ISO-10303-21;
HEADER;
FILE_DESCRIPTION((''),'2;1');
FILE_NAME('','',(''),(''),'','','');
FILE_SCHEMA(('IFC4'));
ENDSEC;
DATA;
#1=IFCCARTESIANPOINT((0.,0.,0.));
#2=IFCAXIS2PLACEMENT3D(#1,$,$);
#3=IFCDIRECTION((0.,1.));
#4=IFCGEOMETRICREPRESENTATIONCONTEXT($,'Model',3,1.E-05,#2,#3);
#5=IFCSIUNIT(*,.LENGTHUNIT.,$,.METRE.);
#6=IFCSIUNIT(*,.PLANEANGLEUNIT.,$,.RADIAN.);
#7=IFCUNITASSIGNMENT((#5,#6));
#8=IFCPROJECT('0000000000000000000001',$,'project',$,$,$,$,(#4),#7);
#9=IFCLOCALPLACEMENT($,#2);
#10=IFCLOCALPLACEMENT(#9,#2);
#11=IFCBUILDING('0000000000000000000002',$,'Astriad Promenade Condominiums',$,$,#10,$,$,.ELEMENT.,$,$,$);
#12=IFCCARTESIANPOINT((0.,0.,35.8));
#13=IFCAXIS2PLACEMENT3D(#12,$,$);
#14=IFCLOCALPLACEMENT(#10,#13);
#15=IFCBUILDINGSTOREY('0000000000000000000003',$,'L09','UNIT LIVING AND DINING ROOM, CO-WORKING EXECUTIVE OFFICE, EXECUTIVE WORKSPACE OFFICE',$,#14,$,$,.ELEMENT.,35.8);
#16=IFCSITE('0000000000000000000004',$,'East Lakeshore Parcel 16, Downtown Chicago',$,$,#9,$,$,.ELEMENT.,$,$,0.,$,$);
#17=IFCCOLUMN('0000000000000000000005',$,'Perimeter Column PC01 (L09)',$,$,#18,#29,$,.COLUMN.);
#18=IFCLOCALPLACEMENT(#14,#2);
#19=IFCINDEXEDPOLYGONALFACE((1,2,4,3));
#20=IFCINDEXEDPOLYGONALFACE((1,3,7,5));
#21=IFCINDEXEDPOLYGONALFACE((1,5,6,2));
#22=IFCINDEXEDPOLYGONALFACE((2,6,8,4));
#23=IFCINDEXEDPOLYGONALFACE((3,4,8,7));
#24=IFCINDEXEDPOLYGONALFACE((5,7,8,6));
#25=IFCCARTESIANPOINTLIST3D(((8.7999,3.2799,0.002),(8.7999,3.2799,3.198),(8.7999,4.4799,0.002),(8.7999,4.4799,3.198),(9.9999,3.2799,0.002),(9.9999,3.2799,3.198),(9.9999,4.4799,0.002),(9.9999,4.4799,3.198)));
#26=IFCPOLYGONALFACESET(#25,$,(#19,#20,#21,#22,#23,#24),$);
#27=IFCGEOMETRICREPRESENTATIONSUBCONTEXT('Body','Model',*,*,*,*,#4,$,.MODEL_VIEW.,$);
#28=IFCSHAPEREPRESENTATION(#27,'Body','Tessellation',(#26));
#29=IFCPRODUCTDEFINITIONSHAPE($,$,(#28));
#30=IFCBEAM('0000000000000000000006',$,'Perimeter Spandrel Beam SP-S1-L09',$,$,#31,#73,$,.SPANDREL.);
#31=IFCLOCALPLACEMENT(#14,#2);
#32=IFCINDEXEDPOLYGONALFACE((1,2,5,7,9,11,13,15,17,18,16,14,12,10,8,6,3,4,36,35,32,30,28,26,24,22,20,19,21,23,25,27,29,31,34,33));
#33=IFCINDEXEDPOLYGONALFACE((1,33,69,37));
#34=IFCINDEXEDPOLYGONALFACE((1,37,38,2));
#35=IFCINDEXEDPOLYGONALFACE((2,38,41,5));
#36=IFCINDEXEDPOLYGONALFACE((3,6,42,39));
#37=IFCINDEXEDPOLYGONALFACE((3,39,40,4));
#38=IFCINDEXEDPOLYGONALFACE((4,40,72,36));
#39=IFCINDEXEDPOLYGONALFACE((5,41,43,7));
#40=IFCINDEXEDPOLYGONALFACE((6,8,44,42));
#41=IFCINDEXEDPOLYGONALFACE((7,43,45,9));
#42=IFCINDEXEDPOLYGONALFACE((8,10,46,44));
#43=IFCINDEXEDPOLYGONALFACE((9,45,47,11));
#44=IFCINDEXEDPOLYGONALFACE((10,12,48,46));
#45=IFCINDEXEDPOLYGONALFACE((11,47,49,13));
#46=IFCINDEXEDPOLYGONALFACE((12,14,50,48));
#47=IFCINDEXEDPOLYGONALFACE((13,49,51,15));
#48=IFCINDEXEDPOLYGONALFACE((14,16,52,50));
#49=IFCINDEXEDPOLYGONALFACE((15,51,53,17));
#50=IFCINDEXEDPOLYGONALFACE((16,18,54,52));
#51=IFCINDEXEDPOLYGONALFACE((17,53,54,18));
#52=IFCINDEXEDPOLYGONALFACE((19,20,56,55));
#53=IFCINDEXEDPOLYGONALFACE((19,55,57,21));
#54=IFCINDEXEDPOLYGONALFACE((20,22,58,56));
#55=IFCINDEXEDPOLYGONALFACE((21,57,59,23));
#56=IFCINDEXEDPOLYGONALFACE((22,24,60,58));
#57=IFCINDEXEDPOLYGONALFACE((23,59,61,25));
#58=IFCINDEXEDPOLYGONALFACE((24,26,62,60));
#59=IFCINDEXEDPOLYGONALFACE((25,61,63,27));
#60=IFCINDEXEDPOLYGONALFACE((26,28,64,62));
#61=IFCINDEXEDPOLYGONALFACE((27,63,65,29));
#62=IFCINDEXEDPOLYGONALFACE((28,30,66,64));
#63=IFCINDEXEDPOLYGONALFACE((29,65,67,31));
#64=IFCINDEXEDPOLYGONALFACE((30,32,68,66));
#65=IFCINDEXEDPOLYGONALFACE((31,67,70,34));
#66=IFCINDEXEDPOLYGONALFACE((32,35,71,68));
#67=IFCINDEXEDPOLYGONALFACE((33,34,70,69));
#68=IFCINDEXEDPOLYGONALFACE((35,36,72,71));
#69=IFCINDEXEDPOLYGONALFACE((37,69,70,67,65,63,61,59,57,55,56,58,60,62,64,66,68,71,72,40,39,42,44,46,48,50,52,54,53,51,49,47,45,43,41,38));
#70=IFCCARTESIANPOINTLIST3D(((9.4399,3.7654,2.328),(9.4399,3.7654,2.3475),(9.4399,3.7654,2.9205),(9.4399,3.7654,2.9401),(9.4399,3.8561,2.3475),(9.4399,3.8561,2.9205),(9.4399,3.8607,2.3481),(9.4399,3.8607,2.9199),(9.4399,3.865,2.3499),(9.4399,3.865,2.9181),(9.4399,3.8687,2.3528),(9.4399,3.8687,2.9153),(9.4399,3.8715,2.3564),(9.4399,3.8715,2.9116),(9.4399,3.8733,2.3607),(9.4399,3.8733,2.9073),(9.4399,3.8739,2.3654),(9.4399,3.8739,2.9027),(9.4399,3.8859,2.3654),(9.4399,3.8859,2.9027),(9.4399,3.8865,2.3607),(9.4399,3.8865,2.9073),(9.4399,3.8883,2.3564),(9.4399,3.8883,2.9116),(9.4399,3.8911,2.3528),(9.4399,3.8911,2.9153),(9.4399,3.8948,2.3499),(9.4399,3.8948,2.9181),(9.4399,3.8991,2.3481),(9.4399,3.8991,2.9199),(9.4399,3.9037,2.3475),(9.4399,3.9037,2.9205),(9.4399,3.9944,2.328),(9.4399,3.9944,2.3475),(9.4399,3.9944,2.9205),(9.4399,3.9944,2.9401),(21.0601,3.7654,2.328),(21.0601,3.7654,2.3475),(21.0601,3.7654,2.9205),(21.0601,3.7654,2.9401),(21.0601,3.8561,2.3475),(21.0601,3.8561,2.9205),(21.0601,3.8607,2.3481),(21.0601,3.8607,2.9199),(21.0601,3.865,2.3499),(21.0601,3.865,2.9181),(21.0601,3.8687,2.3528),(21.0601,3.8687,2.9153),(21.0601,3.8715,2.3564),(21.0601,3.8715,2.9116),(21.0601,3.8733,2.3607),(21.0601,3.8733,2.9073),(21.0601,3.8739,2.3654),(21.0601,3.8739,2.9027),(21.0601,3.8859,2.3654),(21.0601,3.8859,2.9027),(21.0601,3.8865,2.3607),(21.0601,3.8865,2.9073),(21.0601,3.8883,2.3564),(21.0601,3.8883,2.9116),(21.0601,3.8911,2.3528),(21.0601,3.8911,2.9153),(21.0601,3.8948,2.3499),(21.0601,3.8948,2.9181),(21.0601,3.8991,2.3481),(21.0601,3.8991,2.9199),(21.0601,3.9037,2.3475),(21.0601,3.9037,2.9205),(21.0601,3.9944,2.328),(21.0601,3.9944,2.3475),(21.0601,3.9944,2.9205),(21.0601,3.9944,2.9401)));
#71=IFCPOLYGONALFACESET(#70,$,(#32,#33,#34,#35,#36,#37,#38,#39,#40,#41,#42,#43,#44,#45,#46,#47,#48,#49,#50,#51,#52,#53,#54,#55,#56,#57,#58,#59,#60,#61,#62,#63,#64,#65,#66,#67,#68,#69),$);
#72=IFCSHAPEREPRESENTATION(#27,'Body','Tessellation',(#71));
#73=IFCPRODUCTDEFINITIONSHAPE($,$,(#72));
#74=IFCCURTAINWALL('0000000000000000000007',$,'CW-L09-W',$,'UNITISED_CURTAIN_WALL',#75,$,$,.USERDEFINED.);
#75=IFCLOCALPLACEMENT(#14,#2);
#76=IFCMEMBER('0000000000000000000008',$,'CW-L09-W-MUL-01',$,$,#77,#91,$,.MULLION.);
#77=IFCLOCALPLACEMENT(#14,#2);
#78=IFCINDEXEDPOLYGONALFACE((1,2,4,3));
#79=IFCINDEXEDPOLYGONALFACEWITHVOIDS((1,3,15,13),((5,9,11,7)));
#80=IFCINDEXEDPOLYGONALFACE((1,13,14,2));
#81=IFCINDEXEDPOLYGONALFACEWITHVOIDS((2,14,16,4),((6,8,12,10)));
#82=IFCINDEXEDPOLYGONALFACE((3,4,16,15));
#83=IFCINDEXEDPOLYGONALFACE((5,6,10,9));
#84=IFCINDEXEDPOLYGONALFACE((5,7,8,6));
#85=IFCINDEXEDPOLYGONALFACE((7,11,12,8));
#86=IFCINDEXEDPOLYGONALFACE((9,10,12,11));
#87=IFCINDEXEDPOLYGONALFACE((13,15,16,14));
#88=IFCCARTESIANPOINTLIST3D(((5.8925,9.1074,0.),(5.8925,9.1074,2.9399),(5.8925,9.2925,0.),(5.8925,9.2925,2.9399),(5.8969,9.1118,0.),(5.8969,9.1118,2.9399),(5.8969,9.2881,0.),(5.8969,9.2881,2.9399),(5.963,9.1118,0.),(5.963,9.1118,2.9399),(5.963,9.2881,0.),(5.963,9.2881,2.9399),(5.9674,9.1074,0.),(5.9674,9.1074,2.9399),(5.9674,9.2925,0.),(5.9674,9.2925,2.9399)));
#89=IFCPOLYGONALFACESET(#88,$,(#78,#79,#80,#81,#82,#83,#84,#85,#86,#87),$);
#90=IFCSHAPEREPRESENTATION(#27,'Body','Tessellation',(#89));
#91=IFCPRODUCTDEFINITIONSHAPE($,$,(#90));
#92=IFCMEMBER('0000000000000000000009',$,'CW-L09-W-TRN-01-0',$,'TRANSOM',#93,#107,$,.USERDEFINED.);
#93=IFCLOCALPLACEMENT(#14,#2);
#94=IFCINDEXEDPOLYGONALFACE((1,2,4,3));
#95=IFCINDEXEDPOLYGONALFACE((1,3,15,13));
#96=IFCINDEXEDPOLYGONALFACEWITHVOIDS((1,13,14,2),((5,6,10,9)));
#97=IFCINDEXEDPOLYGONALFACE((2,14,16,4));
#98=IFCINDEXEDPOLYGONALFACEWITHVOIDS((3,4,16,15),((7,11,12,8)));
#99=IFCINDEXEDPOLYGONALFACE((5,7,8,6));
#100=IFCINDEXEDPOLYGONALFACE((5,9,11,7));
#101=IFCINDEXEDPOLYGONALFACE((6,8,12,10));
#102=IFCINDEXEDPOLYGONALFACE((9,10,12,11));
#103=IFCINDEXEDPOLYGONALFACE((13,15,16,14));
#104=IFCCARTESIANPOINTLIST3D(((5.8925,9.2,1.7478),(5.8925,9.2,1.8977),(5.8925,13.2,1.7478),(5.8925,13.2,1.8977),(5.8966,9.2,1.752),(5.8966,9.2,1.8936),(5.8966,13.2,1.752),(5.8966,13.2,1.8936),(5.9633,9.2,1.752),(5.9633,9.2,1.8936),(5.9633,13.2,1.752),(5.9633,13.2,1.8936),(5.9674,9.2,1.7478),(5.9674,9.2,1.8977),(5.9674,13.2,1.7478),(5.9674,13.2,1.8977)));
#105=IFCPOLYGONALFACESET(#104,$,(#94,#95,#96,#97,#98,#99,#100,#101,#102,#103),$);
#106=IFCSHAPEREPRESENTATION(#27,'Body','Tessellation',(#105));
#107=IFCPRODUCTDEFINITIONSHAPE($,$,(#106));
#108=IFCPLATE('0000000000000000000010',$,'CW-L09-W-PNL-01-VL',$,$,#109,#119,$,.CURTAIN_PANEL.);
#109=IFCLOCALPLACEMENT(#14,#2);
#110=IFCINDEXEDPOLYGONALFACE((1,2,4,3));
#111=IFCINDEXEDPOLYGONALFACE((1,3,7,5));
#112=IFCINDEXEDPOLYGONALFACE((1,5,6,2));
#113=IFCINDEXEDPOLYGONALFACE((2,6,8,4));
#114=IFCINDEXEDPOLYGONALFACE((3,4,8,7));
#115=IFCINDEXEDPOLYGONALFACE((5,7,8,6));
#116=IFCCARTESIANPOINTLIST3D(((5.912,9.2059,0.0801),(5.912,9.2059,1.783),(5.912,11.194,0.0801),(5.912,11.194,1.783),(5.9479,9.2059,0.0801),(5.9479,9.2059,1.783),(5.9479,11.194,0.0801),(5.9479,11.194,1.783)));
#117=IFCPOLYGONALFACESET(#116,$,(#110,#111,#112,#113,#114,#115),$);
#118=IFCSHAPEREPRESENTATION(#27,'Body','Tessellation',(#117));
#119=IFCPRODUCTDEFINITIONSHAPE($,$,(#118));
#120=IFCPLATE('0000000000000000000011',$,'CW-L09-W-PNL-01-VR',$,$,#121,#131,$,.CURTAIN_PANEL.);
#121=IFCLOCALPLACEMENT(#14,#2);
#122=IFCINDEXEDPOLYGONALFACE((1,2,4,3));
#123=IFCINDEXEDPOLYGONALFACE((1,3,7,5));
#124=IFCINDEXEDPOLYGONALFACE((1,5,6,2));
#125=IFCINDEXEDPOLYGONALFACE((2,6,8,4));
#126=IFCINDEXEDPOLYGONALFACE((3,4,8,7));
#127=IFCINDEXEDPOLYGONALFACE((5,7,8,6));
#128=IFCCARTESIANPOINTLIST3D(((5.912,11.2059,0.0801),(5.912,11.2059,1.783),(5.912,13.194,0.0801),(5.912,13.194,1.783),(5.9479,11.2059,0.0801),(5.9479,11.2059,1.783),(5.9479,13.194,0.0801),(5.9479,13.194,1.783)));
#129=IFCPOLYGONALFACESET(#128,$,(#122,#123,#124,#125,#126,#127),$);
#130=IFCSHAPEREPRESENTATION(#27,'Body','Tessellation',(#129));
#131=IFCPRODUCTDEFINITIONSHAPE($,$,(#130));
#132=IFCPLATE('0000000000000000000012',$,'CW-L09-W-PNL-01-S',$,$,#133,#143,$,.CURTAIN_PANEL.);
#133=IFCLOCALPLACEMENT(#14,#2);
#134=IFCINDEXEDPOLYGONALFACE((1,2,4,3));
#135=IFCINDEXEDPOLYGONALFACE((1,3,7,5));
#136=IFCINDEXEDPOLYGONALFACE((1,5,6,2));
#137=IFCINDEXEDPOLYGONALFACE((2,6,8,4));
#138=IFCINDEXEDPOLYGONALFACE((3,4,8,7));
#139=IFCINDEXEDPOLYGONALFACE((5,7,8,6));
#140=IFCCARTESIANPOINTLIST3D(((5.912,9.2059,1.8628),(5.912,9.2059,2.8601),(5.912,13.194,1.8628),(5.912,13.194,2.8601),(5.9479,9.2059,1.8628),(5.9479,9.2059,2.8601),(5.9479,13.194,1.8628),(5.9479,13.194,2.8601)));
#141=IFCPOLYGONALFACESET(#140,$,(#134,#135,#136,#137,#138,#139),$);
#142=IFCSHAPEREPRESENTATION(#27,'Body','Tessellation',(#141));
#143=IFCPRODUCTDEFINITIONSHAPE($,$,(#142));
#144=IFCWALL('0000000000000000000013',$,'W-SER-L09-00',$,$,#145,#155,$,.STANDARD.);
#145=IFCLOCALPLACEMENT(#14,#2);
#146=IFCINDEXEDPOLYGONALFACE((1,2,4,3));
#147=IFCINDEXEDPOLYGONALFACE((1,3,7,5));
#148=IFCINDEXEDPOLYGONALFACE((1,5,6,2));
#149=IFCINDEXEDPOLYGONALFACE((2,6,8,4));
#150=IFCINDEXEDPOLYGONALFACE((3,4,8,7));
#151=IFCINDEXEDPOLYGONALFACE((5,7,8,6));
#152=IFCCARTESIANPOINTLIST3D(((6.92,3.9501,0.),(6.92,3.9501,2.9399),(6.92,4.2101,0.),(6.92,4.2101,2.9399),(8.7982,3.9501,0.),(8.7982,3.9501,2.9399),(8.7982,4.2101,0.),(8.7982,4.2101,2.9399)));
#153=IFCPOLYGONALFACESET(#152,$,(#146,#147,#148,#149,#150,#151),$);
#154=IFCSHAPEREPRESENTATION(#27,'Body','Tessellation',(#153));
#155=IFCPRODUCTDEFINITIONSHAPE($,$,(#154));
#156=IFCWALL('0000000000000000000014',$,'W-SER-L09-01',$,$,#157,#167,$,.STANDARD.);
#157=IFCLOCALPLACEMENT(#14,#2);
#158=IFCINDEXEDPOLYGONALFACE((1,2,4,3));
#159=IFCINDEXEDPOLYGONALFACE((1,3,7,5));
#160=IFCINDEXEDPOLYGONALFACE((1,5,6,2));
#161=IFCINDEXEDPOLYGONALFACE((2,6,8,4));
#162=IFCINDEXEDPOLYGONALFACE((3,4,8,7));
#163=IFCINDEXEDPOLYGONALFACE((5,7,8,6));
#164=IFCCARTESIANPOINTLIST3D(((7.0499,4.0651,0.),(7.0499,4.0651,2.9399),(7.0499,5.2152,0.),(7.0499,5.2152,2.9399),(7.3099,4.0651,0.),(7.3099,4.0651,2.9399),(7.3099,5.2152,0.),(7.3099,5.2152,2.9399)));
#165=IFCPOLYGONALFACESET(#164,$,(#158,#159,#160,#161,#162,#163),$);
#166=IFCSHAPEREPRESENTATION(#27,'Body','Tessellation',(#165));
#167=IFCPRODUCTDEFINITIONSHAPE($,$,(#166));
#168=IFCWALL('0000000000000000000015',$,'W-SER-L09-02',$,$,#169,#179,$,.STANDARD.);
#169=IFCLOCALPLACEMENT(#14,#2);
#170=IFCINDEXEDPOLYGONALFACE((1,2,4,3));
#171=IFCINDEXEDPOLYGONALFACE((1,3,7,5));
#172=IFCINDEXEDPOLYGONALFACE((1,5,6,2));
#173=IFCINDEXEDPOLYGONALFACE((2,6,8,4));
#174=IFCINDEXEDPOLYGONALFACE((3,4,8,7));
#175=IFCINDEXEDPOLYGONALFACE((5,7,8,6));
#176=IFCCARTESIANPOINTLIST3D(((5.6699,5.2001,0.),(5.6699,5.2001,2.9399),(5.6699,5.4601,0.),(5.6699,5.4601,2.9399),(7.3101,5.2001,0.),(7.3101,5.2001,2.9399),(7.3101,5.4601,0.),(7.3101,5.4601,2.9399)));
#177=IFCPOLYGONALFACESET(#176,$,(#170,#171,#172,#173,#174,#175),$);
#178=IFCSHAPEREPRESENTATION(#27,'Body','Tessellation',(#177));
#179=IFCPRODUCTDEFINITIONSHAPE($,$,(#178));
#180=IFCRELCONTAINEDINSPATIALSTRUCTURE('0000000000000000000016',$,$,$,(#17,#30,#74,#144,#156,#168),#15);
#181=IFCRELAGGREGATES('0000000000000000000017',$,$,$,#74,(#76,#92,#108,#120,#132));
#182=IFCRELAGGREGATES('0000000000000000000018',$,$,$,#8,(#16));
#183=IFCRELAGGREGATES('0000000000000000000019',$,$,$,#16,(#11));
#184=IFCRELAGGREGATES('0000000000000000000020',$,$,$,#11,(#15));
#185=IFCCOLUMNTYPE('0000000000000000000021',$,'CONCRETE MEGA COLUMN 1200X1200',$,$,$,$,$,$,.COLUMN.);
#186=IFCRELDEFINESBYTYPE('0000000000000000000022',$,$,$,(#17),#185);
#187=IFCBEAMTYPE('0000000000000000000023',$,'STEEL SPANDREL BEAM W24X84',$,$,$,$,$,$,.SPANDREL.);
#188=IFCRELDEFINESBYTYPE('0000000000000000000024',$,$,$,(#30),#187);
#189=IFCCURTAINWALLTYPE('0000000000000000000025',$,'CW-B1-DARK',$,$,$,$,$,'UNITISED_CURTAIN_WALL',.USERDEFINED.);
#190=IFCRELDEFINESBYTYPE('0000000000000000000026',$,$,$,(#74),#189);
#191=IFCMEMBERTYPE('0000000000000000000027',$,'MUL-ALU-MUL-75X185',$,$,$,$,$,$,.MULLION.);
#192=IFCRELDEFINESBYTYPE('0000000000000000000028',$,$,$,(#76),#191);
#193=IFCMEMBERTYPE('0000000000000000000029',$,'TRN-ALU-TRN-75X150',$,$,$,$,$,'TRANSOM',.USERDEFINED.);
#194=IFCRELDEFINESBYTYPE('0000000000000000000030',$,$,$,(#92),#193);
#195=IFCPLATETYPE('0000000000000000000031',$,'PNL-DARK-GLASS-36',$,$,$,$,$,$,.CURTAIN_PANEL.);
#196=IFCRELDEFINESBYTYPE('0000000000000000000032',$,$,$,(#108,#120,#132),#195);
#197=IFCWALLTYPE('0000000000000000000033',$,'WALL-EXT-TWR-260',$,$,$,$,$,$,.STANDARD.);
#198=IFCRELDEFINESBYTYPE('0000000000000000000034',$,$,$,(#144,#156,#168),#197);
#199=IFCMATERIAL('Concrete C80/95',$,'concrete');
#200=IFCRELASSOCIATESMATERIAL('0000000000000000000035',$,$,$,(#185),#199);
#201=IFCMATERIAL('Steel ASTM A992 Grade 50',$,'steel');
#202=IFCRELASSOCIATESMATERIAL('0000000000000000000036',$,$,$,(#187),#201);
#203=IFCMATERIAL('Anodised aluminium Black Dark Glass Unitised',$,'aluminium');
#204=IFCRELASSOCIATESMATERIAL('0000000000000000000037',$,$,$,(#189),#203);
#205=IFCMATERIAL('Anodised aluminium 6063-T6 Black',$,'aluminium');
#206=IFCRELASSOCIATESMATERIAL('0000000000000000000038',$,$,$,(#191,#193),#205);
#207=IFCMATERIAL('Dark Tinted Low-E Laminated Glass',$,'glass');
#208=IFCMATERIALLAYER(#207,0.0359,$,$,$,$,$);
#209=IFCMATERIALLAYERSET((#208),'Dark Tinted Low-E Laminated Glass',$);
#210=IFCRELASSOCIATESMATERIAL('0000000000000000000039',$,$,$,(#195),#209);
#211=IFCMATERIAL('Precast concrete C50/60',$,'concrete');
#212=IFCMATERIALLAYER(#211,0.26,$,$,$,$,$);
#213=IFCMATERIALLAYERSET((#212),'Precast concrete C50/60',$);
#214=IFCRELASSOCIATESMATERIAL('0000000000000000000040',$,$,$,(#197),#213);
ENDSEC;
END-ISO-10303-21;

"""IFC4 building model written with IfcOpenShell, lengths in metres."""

from ifc_helpers import new_model, si_unit, direction, frame, frame_2d, origin, origin_2d, place, context, subcontext, project, spatial, rectangle, hollow_rectangle, i_section, extrude, source, transform, mapped, material, layer, layer_set, material_profile, profile_set, type_object, type_shapes, element, aggregate, save


model = new_model("IFC4")

# Units and contexts
model_context = context("Model", 3, precision=1e-05, world=origin(), true_north=direction((0.0, 1.0)))
body_context = subcontext(model_context, "Body", "Model", "MODEL_VIEW")
ifc_project = project(units=[si_unit("LENGTHUNIT", "METRE"), si_unit("PLANEANGLEUNIT", "RADIAN")], contexts=[model_context])

# Site, building, storey
site_placement = place(None, origin())
site = spatial("IfcSite", under=ifc_project, at=site_placement, Name="East Lakeshore Parcel 16, Downtown Chicago", CompositionType="ELEMENT", RefElevation=0.0)
building_placement = place(site_placement, origin())
building = spatial("IfcBuilding", under=site, at=building_placement, Name="Astriad Promenade Condominiums", CompositionType="ELEMENT")
storey_placement = place(building_placement, frame((0.0, 0.0, 35.8)))
storey = spatial("IfcBuildingStorey", under=building, at=storey_placement, Name="L09", Description="UNIT LIVING AND DINING ROOM, CO-WORKING EXECUTIVE OFFICE, EXECUTIVE WORKSPACE OFFICE", CompositionType="ELEMENT", Elevation=35.8)

# Column
ifc_material_1 = material(Name="Concrete C80/95", Category="concrete")
ifc_material_profile_1 = material_profile(ifc_material_1, rectangle(XDim=1.2, YDim=1.2, at=origin_2d()), Name="RC-COL-1200X1200")
ifc_profile_set_1 = profile_set([ifc_material_profile_1], Name="Concrete C80/95")
column_type = type_object("IfcColumnType", Name="CONCRETE MEGA COLUMN 1200X1200", PredefinedType="COLUMN", material=ifc_profile_set_1)
shared_shape_1 = source(origin(), body_context, "Body", "SweptSolid", [
    extrude(rectangle(XDim=1.2, YDim=1.2, at=origin_2d()), origin(), (0.0, 0.0, 1.0), 3.196),
])
type_shapes(column_type, [shared_shape_1])
column_placement = place(storey_placement, frame((9.3999, 3.8799, 0.002), z_axis=(0.0, 0.0, 1.0), x_axis=(1.0, 0.0, 0.0)))
element("IfcColumn", 1, at=column_placement, inside=storey, type_object=column_type, Name="Perimeter Column PC01 (L09)", PredefinedType="COLUMN", context=body_context, shape_type="MappedRepresentation", body=[
    mapped(shared_shape_1, transform((0.0, 0.0, 0.0), scale=1.0)),
])

# Beam
ifc_material_2 = material(Name="Steel ASTM A992 Grade 50", Category="steel")
ifc_material_profile_2 = material_profile(ifc_material_2, i_section(OverallWidth=0.229, OverallDepth=0.6121, WebThickness=0.012, FlangeThickness=0.0195, FilletRadius=0.0178, at=origin_2d()), Name="W24X84")
ifc_profile_set_2 = profile_set([ifc_material_profile_2], Name="Steel ASTM A992 Grade 50")
beam_type = type_object("IfcBeamType", Name="STEEL SPANDREL BEAM W24X84", PredefinedType="SPANDREL", material=ifc_profile_set_2)
shared_shape_2 = source(origin(), body_context, "Body", "SweptSolid", [
    extrude(i_section(OverallWidth=0.229, OverallDepth=0.6121, WebThickness=0.012, FlangeThickness=0.0195, FilletRadius=0.0178, at=origin_2d()), origin(), (0.0, 0.0, 1.0), 11.6201),
])
type_shapes(beam_type, [shared_shape_2])
beam_placement = place(storey_placement, frame((9.4399, 3.8799, 2.634), z_axis=(1.0, 0.0, 0.0), x_axis=(0.0, 1.0, 0.0)))
element("IfcBeam", 2, at=beam_placement, inside=storey, type_object=beam_type, Name="Perimeter Spandrel Beam SP-S1-L09", PredefinedType="SPANDREL", context=body_context, shape_type="MappedRepresentation", body=[
    mapped(shared_shape_2, transform((0.0, 0.0, 0.0), scale=1.0)),
])

# Curtain wall, members, plates
ifc_material_3 = material(Name="Anodised aluminium Black Dark Glass Unitised", Category="aluminium")
curtain_wall_type = type_object("IfcCurtainWallType", Name="CW-B1-DARK", ElementType="UNITISED_CURTAIN_WALL", PredefinedType="USERDEFINED", material=ifc_material_3)
curtain_wall_placement = place(storey_placement, origin())
curtain_wall = element("IfcCurtainWall", 3, at=curtain_wall_placement, inside=storey, type_object=curtain_wall_type, Name="CW-L09-W", ObjectType="UNITISED_CURTAIN_WALL", PredefinedType="USERDEFINED")
ifc_material_4 = material(Name="Anodised aluminium 6063-T6 Black", Category="aluminium")
ifc_material_profile_3 = material_profile(ifc_material_4, hollow_rectangle(XDim=0.075, YDim=0.1851, WallThickness=0.0044, at=origin_2d()), Name="ALU-MUL-75X185")
ifc_profile_set_3 = profile_set([ifc_material_profile_3], Name="Anodised aluminium 6063-T6 Black")
member_type_1 = type_object("IfcMemberType", Name="MUL-ALU-MUL-75X185", PredefinedType="MULLION", material=ifc_profile_set_3)
shared_shape_3 = source(origin(), body_context, "Body", "SweptSolid", [
    extrude(hollow_rectangle(XDim=0.075, YDim=0.1851, WallThickness=0.0044, at=origin_2d()), origin(), (0.0, 0.0, 1.0), 2.9399),
])
type_shapes(member_type_1, [shared_shape_3])
member_1_placement = place(storey_placement, frame((5.9299, 9.2, 0.0), z_axis=(0.0, 0.0, 1.0), x_axis=(1.0, 0.0, 0.0)))
member_1 = element("IfcMember", 4, at=member_1_placement, type_object=member_type_1, Name="CW-L09-W-MUL-01", PredefinedType="MULLION", context=body_context, shape_type="MappedRepresentation", body=[
    mapped(shared_shape_3, transform((0.0, 0.0, 0.0), scale=1.0)),
])
ifc_material_profile_4 = material_profile(ifc_material_4, hollow_rectangle(XDim=0.075, YDim=0.1499, WallThickness=0.0042, at=origin_2d()), Name="ALU-TRN-75X150")
ifc_profile_set_4 = profile_set([ifc_material_profile_4], Name="Anodised aluminium 6063-T6 Black")
member_type_2 = type_object("IfcMemberType", Name="TRN-ALU-TRN-75X150", ElementType="TRANSOM", PredefinedType="USERDEFINED", material=ifc_profile_set_4)
shared_shape_4 = source(origin(), body_context, "Body", "SweptSolid", [
    extrude(hollow_rectangle(XDim=0.075, YDim=0.1499, WallThickness=0.0042, at=origin_2d()), origin(), (0.0, 0.0, 1.0), 4.0),
])
type_shapes(member_type_2, [shared_shape_4])
member_2_placement = place(storey_placement, frame((5.9299, 9.2, 1.8228), z_axis=(0.0, 1.0, 0.0), x_axis=(-1.0, 0.0, 0.0)))
member_2 = element("IfcMember", 5, at=member_2_placement, type_object=member_type_2, Name="CW-L09-W-TRN-01-0", ObjectType="TRANSOM", PredefinedType="USERDEFINED", context=body_context, shape_type="MappedRepresentation", body=[
    mapped(shared_shape_4, transform((0.0, 0.0, 0.0), scale=1.0)),
])
ifc_material_5 = material(Name="Dark Tinted Low-E Laminated Glass", Category="glass")
ifc_layer_1 = layer(ifc_material_5, 0.0359)
ifc_layer_set_1 = layer_set([ifc_layer_1], Name="Dark Tinted Low-E Laminated Glass")
plate_type = type_object("IfcPlateType", Name="PNL-DARK-GLASS-36", PredefinedType="CURTAIN_PANEL", material=ifc_layer_set_1)
shared_shape_5 = source(origin(), body_context, "Body", "SweptSolid", [
    extrude(rectangle(XDim=1.988, YDim=0.0359, at=origin_2d()), origin(), (0.0, 0.0, 1.0), 1.7029),
])
plate_1_placement = place(storey_placement, frame((5.9299, 10.2, 0.0801), z_axis=(0.0, 0.0, 1.0), x_axis=(0.0, 1.0, 0.0)))
plate_1 = element("IfcPlate", 6, at=plate_1_placement, type_object=plate_type, Name="CW-L09-W-PNL-01-VL", PredefinedType="CURTAIN_PANEL", context=body_context, shape_type="MappedRepresentation", body=[
    mapped(shared_shape_5, transform((0.0, 0.0, 0.0), scale=1.0)),
])
plate_2_placement = place(storey_placement, frame((5.9299, 12.2, 0.0801), z_axis=(0.0, 0.0, 1.0), x_axis=(0.0, 1.0, 0.0)))
plate_2 = element("IfcPlate", 7, at=plate_2_placement, type_object=plate_type, Name="CW-L09-W-PNL-01-VR", PredefinedType="CURTAIN_PANEL", context=body_context, shape_type="MappedRepresentation", body=[
    mapped(shared_shape_5, transform((0.0, 0.0, 0.0), scale=1.0)),
])
shared_shape_6 = source(origin(), body_context, "Body", "SweptSolid", [
    extrude(rectangle(XDim=3.988, YDim=0.0359, at=origin_2d()), origin(), (0.0, 0.0, 1.0), 0.9973),
])
type_shapes(plate_type, [shared_shape_5, shared_shape_6])
plate_3_placement = place(storey_placement, frame((5.9299, 11.2, 1.8628), z_axis=(0.0, 0.0, 1.0), x_axis=(0.0, 1.0, 0.0)))
plate_3 = element("IfcPlate", 8, at=plate_3_placement, type_object=plate_type, Name="CW-L09-W-PNL-01-S", PredefinedType="CURTAIN_PANEL", context=body_context, shape_type="MappedRepresentation", body=[
    mapped(shared_shape_6, transform((0.0, 0.0, 0.0), scale=1.0)),
])
aggregate(curtain_wall, [member_1, member_2, plate_1, plate_2, plate_3])

# Walls
ifc_material_6 = material(Name="Precast concrete C50/60", Category="concrete")
ifc_layer_2 = layer(ifc_material_6, 0.26)
ifc_layer_set_2 = layer_set([ifc_layer_2], Name="Precast concrete C50/60")
wall_type_1 = type_object("IfcWallType", Name="WALL-EXT-TWR-260", PredefinedType="STANDARD", material=ifc_layer_set_2)
wall_1_placement = place(storey_placement, frame((8.7981, 4.0801, 0.0), z_axis=(0.0, 0.0, 1.0), x_axis=(-1.0, 0.0, 0.0)))
element("IfcWall", 9, at=wall_1_placement, inside=storey, type_object=wall_type_1, Name="W-SER-L09-00", PredefinedType="STANDARD", context=body_context, shape_type="SweptSolid", body=[
    extrude(rectangle(XDim=1.8782, YDim=0.26, at=frame_2d((0.939, 0.0))), origin(), (0.0, 0.0, 1.0), 2.9399),
])
wall_2_placement = place(storey_placement, frame((7.1799, 4.0649, 0.0), z_axis=(0.0, 0.0, 1.0), x_axis=(0.0, 1.0, 0.0)))
element("IfcWall", 10, at=wall_2_placement, inside=storey, type_object=wall_type_1, Name="W-SER-L09-01", PredefinedType="STANDARD", context=body_context, shape_type="SweptSolid", body=[
    extrude(rectangle(XDim=1.1501, YDim=0.26, at=frame_2d((0.5752, 0.0))), origin(), (0.0, 0.0, 1.0), 2.9399),
])
wall_3_placement = place(storey_placement, frame((7.3101, 5.3301, 0.0), z_axis=(0.0, 0.0, 1.0), x_axis=(-1.0, 0.0, 0.0)))
element("IfcWall", 11, at=wall_3_placement, inside=storey, type_object=wall_type_1, Name="W-SER-L09-02", PredefinedType="STANDARD", context=body_context, shape_type="SweptSolid", body=[
    extrude(rectangle(XDim=1.6401, YDim=0.26, at=frame_2d((0.8201, 0.0))), origin(), (0.0, 0.0, 1.0), 2.9399),
])

save(model, "model.ifc")
